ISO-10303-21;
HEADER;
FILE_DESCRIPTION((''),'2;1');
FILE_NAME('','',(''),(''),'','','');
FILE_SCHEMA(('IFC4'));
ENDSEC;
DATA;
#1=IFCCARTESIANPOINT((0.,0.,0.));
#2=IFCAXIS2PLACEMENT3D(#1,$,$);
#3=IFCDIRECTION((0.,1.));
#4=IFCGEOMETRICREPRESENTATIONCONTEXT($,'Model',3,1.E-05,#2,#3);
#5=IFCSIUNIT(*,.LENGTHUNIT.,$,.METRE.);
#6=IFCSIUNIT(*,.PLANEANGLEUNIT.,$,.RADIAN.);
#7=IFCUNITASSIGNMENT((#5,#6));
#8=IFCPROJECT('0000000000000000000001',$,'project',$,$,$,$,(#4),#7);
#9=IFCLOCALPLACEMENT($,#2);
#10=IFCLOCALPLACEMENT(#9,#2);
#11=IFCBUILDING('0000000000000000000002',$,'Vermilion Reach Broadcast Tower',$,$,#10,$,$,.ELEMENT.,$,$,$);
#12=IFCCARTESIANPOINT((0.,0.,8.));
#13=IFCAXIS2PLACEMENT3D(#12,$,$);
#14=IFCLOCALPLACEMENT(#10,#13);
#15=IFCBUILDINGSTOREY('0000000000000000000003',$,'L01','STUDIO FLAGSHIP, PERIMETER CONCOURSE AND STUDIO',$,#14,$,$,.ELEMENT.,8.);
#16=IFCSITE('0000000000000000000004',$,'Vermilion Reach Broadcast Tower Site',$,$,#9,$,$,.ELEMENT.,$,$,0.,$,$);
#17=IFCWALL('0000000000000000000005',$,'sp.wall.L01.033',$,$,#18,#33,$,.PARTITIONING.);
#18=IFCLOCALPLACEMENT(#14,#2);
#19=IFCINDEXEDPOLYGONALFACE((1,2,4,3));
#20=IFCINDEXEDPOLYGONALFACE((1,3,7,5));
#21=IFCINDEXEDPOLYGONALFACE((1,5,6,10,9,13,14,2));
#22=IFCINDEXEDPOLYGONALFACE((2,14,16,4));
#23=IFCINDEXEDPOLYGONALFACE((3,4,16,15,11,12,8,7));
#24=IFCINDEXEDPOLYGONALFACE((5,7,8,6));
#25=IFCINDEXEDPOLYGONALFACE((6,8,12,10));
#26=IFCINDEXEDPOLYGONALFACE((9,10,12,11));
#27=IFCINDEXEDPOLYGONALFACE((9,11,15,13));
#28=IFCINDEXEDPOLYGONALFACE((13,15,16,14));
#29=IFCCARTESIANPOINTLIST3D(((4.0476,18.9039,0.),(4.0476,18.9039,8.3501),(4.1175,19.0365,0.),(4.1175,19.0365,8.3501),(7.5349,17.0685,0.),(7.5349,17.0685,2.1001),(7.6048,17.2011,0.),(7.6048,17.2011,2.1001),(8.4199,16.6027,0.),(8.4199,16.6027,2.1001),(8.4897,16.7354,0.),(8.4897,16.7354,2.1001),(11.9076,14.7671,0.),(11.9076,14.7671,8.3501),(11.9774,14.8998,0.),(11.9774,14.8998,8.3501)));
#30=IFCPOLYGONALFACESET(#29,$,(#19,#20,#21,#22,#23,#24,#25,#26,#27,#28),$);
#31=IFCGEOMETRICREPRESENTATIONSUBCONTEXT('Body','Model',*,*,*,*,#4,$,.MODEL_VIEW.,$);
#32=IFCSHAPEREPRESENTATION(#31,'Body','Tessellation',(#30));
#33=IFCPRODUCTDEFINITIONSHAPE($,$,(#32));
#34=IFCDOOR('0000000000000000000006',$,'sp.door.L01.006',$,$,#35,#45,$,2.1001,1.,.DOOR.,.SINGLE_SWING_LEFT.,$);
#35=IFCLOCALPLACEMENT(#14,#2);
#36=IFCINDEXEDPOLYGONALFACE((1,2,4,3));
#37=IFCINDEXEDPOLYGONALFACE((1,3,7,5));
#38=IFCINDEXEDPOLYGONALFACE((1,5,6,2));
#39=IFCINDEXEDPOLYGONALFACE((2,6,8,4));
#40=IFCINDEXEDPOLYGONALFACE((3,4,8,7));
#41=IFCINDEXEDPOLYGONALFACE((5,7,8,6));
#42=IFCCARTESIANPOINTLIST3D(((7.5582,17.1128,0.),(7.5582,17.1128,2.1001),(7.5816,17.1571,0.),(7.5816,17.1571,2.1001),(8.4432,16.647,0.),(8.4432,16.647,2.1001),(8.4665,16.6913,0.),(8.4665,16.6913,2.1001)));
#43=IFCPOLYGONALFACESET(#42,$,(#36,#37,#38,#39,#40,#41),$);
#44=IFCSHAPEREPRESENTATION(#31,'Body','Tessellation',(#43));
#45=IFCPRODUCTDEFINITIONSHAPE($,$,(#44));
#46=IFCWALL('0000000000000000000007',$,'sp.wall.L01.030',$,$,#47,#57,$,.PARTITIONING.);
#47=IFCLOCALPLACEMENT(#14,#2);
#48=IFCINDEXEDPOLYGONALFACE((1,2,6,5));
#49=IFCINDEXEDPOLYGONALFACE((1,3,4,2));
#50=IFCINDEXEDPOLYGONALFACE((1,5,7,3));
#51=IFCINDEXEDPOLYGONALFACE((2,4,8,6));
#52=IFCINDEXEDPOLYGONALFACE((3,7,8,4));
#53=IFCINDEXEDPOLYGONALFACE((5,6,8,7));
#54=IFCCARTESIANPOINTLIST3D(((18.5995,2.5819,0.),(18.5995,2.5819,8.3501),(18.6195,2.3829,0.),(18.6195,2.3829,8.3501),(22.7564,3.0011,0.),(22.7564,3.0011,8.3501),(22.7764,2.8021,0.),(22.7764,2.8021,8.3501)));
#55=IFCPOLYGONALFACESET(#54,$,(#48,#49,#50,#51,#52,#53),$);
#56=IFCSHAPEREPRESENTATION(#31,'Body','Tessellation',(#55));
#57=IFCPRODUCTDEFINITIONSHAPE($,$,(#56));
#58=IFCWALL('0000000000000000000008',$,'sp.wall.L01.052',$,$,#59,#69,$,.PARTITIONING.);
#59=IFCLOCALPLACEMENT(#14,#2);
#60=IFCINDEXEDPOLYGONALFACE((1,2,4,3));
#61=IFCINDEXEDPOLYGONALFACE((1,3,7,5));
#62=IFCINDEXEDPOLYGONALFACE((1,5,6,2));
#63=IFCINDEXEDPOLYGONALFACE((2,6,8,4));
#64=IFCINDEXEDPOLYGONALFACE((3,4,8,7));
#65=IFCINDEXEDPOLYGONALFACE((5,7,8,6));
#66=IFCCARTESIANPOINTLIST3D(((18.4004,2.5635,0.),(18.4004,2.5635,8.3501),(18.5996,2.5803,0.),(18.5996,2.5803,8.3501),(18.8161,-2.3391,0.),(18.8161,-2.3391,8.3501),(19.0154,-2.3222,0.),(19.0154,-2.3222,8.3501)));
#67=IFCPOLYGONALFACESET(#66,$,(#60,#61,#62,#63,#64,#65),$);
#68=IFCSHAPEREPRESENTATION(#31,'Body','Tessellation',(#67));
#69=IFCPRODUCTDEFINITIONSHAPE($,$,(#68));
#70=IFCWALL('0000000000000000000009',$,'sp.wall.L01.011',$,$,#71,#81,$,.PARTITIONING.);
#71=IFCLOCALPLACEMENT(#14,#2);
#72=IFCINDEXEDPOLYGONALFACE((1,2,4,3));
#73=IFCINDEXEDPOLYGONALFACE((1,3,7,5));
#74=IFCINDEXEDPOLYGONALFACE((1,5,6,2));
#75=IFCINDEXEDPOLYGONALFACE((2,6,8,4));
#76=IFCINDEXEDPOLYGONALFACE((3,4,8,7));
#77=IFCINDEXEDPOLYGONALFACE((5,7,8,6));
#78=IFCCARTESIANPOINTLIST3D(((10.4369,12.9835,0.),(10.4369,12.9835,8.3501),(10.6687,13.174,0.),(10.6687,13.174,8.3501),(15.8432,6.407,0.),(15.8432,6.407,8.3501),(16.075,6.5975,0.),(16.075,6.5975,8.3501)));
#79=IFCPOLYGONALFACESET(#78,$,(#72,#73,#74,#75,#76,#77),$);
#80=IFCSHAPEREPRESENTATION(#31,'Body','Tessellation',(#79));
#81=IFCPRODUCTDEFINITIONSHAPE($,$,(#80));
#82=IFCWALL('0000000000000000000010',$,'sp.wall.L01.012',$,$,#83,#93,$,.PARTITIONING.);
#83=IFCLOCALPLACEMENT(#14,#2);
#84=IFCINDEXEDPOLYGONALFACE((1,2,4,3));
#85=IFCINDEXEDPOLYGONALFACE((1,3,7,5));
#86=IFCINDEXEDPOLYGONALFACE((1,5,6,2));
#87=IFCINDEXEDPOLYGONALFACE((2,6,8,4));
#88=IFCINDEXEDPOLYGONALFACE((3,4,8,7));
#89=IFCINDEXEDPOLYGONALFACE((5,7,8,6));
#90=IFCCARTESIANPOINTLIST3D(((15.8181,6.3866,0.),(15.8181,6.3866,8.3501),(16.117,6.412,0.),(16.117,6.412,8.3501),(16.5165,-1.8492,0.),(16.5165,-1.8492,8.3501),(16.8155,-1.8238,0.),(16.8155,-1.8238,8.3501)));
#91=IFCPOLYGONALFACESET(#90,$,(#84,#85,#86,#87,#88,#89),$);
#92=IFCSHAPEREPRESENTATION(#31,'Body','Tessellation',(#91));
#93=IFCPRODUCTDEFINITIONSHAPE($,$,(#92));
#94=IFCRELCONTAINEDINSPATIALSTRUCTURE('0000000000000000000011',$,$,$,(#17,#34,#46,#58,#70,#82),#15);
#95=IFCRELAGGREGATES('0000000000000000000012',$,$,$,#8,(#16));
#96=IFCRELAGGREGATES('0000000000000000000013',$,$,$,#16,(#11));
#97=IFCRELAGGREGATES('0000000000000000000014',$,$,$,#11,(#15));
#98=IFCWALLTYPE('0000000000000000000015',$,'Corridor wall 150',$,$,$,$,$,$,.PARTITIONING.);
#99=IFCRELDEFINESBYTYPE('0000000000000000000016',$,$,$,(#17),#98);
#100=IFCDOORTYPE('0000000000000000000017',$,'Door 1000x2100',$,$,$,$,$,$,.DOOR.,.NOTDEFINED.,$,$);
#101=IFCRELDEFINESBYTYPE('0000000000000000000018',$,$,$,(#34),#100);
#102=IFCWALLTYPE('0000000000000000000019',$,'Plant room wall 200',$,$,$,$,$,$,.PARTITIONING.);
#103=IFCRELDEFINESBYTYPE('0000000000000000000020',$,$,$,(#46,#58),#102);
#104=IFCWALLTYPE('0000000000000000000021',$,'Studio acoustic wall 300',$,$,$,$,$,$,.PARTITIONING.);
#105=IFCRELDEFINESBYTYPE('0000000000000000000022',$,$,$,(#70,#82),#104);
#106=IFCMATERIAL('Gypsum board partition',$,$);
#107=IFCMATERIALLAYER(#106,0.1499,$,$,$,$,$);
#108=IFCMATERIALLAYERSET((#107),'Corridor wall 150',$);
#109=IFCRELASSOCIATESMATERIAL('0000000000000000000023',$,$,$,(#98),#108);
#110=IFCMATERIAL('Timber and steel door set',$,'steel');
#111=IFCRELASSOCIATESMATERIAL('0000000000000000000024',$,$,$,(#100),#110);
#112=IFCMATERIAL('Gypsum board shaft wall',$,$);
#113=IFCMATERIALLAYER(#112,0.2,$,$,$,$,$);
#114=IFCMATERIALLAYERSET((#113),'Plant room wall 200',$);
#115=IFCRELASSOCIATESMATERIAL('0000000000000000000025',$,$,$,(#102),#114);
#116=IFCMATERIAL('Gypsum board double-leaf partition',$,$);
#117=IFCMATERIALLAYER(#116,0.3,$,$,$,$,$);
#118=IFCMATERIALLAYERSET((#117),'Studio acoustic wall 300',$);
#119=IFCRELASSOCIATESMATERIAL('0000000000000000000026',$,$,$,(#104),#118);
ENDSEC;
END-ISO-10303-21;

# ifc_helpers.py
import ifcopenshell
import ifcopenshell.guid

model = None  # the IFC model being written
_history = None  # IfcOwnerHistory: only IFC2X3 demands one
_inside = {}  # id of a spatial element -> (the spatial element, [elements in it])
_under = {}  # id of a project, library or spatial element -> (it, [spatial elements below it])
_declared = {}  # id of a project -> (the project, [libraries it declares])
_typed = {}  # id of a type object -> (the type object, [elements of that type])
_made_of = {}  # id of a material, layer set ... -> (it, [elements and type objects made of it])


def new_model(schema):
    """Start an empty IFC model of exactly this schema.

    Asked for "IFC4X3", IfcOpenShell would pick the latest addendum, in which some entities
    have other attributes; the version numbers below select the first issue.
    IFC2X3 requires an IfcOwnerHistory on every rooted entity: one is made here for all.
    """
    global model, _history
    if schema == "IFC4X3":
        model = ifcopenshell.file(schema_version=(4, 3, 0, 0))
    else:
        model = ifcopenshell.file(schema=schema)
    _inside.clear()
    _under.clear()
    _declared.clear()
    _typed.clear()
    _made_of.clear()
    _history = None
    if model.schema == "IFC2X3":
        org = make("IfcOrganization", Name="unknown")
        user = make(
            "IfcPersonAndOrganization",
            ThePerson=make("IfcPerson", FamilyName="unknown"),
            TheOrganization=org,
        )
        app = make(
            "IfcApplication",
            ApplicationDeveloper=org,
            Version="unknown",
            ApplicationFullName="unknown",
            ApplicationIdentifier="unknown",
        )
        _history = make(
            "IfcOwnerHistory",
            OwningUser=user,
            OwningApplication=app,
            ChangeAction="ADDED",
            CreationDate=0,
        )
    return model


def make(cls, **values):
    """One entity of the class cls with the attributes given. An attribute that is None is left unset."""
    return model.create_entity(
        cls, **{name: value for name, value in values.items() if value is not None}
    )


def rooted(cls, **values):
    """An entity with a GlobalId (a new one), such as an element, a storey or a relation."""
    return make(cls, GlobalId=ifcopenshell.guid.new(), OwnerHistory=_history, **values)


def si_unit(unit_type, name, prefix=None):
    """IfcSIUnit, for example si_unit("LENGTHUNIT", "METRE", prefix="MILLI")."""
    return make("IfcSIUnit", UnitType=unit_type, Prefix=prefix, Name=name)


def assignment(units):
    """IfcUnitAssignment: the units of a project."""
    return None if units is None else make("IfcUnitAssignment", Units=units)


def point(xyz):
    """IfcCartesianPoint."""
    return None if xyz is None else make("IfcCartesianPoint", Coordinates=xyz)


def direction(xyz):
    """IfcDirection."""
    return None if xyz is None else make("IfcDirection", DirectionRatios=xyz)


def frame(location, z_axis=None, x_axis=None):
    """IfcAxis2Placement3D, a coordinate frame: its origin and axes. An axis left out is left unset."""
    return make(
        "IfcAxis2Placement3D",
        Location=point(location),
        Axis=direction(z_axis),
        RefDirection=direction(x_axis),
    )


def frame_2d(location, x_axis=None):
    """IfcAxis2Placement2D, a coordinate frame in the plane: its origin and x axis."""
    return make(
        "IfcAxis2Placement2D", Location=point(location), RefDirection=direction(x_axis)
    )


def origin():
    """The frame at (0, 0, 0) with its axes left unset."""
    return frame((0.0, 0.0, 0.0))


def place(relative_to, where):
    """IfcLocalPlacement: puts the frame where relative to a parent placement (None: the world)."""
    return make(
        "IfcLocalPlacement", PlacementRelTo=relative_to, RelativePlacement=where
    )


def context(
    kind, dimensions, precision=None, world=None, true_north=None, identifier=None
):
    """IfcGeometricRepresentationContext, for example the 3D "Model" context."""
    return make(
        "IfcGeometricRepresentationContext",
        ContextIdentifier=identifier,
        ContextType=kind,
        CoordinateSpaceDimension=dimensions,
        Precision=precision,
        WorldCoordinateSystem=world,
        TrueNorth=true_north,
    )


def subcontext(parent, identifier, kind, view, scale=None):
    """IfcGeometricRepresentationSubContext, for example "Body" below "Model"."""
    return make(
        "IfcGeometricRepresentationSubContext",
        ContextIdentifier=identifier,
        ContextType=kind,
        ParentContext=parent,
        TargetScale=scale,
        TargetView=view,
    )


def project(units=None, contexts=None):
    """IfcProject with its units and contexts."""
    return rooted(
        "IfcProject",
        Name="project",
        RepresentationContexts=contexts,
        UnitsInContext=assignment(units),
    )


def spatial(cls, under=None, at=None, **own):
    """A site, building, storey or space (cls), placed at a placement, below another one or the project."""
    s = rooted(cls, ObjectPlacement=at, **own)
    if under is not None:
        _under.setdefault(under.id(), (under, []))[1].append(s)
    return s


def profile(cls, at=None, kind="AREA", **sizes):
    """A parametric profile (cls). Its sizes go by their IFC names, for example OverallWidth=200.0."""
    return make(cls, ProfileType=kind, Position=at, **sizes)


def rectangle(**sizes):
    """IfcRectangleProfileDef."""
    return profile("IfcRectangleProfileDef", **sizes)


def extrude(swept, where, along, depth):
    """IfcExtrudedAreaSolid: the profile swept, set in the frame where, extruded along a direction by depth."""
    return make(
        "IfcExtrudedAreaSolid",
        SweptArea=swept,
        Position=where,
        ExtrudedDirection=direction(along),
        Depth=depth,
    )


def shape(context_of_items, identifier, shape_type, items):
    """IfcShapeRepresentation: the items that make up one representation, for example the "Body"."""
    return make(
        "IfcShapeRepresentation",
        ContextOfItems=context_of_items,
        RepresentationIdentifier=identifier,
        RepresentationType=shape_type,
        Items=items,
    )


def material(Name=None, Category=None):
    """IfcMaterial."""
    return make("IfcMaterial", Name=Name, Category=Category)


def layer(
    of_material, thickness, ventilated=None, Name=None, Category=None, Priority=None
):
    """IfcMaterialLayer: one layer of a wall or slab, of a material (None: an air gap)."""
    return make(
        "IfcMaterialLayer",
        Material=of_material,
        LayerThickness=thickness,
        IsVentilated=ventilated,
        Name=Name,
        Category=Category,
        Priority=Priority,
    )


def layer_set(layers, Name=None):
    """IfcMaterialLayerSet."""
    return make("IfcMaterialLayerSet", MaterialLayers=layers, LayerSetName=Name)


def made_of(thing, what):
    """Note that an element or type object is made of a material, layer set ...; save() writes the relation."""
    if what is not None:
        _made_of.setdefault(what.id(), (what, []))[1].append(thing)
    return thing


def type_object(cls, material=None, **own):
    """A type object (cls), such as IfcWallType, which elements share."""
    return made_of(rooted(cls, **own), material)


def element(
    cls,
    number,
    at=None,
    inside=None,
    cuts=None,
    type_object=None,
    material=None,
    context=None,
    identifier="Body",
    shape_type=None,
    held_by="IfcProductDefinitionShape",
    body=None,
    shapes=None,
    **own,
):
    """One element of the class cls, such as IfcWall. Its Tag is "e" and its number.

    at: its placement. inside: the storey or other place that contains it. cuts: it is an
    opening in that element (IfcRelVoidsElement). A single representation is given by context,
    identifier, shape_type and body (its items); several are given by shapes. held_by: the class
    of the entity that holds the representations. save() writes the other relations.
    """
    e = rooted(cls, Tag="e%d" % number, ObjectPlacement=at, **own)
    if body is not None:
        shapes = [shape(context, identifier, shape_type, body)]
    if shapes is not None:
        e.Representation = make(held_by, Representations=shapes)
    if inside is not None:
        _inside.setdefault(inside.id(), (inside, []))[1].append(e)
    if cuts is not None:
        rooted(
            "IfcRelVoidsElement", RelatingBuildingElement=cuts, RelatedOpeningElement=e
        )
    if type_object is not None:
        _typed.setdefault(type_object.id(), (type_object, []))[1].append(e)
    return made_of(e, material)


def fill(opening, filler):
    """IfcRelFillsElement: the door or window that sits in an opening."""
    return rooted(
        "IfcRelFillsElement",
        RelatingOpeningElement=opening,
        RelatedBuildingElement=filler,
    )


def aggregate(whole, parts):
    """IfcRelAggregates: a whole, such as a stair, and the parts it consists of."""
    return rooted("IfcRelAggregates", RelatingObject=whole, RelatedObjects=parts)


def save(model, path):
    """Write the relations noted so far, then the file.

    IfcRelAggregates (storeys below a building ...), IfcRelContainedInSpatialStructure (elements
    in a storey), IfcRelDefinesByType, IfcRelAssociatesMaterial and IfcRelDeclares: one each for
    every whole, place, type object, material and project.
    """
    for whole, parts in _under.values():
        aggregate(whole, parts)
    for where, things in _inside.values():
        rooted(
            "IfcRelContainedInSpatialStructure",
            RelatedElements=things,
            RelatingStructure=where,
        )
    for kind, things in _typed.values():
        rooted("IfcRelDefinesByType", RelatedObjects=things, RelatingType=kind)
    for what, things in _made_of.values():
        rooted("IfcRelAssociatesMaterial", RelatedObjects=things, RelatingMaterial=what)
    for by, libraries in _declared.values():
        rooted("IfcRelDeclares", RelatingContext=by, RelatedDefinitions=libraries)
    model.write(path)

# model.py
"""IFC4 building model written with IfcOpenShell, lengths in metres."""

from ifc_helpers import new_model, si_unit, direction, frame, frame_2d, origin, place, context, subcontext, project, spatial, rectangle, extrude, material, layer, layer_set, type_object, element, fill, save


model = new_model("IFC4")

# Units and contexts
model_context = context("Model", 3, precision=1e-05, world=origin(), true_north=direction((0.0, 1.0)))
body_context = subcontext(model_context, "Body", "Model", "MODEL_VIEW")
ifc_project = project(units=[si_unit("LENGTHUNIT", "METRE"), si_unit("PLANEANGLEUNIT", "RADIAN")], contexts=[model_context])

# Site, building, storey
site_placement = place(None, origin())
site = spatial("IfcSite", under=ifc_project, at=site_placement, Name="Vermilion Reach Broadcast Tower Site", CompositionType="ELEMENT", RefElevation=0.0)
building_placement = place(site_placement, origin())
building = spatial("IfcBuilding", under=site, at=building_placement, Name="Vermilion Reach Broadcast Tower", CompositionType="ELEMENT")
storey_placement = place(building_placement, frame((0.0, 0.0, 8.0)))
storey = spatial("IfcBuildingStorey", under=building, at=storey_placement, Name="L01", Description="STUDIO FLAGSHIP, PERIMETER CONCOURSE AND STUDIO", CompositionType="ELEMENT", Elevation=8.0)

# Shared definitions
ifc_material_1 = material(Name="Gypsum board partition")
ifc_layer_1 = layer(ifc_material_1, 0.1499)
ifc_layer_set_1 = layer_set([ifc_layer_1], Name="Corridor wall 150")
wall_type_1 = type_object("IfcWallType", Name="Corridor wall 150", PredefinedType="PARTITIONING", material=ifc_layer_set_1)

# Wall, opening, door
wall_1_placement = place(storey_placement, frame((11.9424, 14.8335, 0.0), z_axis=(0.0, 0.0, 1.0), x_axis=(-0.884921, 0.465742, 0.0)))
wall_1 = element("IfcWall", 1, at=wall_1_placement, inside=storey, type_object=wall_type_1, Name="sp.wall.L01.033", PredefinedType="PARTITIONING", context=body_context, shape_type="SweptSolid", body=[
    extrude(rectangle(XDim=8.8821, YDim=0.1499, at=frame_2d((4.4409, 0.0))), origin(), (0.0, 0.0, 1.0), 8.3501),
])
opening_placement = place(wall_1_placement, frame((3.9412, 0.0, 0.0)))
opening = element("IfcOpeningElement", 2, at=opening_placement, cuts=wall_1, PredefinedType="OPENING", context=body_context, shape_type="SweptSolid", body=[
    extrude(rectangle(XDim=1.0, YDim=2.1001, at=frame_2d((0.5, 1.05))), frame((0.0, 0.085, 0.0), z_axis=(0.0, -1.0, 0.0), x_axis=(1.0, 0.0, 0.0)), (0.0, 0.0, 1.0), 0.1699),
])
ifc_material_2 = material(Name="Timber and steel door set", Category="steel")
door_type = type_object("IfcDoorType", Name="Door 1000x2100", OperationType="NOTDEFINED", PredefinedType="DOOR", material=ifc_material_2)
door_placement = place(opening_placement, origin())
door = element("IfcDoor", 3, at=door_placement, inside=storey, type_object=door_type, Name="sp.door.L01.006", OperationType="SINGLE_SWING_LEFT", OverallHeight=2.1001, OverallWidth=1.0, PredefinedType="DOOR", context=body_context, shape_type="SweptSolid", body=[
    extrude(rectangle(XDim=1.0, YDim=2.1001, at=frame_2d((0.5, 1.05))), frame((0.0, 0.0249, 0.0), z_axis=(0.0, -1.0, 0.0), x_axis=(1.0, 0.0, 0.0)), (0.0, 0.0, 1.0), 0.05),
])
fill(opening, door)

# Walls
ifc_material_3 = material(Name="Gypsum board shaft wall")
ifc_layer_2 = layer(ifc_material_3, 0.2)
ifc_layer_set_2 = layer_set([ifc_layer_2], Name="Plant room wall 200")
wall_type_2 = type_object("IfcWallType", Name="Plant room wall 200", PredefinedType="PARTITIONING", material=ifc_layer_set_2)
wall_2_placement = place(storey_placement, frame((18.6096, 2.4824, 0.0), z_axis=(0.0, 0.0, 1.0), x_axis=(0.994954, 0.100331, 0.0)))
element("IfcWall", 4, at=wall_2_placement, inside=storey, type_object=wall_type_2, Name="sp.wall.L01.030", PredefinedType="PARTITIONING", context=body_context, shape_type="SweptSolid", body=[
    extrude(rectangle(XDim=4.178, YDim=0.2, at=frame_2d((2.0889, 0.0))), origin(), (0.0, 0.0, 1.0), 8.3501),
])
wall_3_placement = place(storey_placement, frame((18.5, 2.5718, 0.0), z_axis=(0.0, 0.0, 1.0), x_axis=(0.084503, -0.996423, 0.0)))
element("IfcWall", 5, at=wall_3_placement, inside=storey, type_object=wall_type_2, Name="sp.wall.L01.052", PredefinedType="PARTITIONING", context=body_context, shape_type="SweptSolid", body=[
    extrude(rectangle(XDim=4.9202, YDim=0.2, at=frame_2d((2.46, 0.0))), origin(), (0.0, 0.0, 1.0), 8.3501),
])
ifc_material_4 = material(Name="Gypsum board double-leaf partition")
ifc_layer_3 = layer(ifc_material_4, 0.3)
ifc_layer_set_3 = layer_set([ifc_layer_3], Name="Studio acoustic wall 300")
wall_type_3 = type_object("IfcWallType", Name="Studio acoustic wall 300", PredefinedType="PARTITIONING", material=ifc_layer_set_3)
wall_4_placement = place(storey_placement, frame((10.5527, 13.0789, 0.0), z_axis=(0.0, 0.0, 1.0), x_axis=(0.635034, -0.772485, 0.0)))
element("IfcWall", 6, at=wall_4_placement, inside=storey, type_object=wall_type_3, Name="sp.wall.L01.011", PredefinedType="PARTITIONING", context=body_context, shape_type="SweptSolid", body=[
    extrude(rectangle(XDim=8.5134, YDim=0.3, at=frame_2d((4.2568, 0.0))), origin(), (0.0, 0.0, 1.0), 8.3501),
])
wall_5_placement = place(storey_placement, frame((15.9675, 6.3994, 0.0), z_axis=(0.0, 0.0, 1.0), x_axis=(0.084507, -0.996423, 0.0)))
element("IfcWall", 7, at=wall_5_placement, inside=storey, type_object=wall_type_3, Name="sp.wall.L01.012", PredefinedType="PARTITIONING", context=body_context, shape_type="SweptSolid", body=[
    extrude(rectangle(XDim=8.2654, YDim=0.3, at=frame_2d((4.1328, 0.0))), origin(), (0.0, 0.0, 1.0), 8.3501),
])

save(model, "model.ifc")
